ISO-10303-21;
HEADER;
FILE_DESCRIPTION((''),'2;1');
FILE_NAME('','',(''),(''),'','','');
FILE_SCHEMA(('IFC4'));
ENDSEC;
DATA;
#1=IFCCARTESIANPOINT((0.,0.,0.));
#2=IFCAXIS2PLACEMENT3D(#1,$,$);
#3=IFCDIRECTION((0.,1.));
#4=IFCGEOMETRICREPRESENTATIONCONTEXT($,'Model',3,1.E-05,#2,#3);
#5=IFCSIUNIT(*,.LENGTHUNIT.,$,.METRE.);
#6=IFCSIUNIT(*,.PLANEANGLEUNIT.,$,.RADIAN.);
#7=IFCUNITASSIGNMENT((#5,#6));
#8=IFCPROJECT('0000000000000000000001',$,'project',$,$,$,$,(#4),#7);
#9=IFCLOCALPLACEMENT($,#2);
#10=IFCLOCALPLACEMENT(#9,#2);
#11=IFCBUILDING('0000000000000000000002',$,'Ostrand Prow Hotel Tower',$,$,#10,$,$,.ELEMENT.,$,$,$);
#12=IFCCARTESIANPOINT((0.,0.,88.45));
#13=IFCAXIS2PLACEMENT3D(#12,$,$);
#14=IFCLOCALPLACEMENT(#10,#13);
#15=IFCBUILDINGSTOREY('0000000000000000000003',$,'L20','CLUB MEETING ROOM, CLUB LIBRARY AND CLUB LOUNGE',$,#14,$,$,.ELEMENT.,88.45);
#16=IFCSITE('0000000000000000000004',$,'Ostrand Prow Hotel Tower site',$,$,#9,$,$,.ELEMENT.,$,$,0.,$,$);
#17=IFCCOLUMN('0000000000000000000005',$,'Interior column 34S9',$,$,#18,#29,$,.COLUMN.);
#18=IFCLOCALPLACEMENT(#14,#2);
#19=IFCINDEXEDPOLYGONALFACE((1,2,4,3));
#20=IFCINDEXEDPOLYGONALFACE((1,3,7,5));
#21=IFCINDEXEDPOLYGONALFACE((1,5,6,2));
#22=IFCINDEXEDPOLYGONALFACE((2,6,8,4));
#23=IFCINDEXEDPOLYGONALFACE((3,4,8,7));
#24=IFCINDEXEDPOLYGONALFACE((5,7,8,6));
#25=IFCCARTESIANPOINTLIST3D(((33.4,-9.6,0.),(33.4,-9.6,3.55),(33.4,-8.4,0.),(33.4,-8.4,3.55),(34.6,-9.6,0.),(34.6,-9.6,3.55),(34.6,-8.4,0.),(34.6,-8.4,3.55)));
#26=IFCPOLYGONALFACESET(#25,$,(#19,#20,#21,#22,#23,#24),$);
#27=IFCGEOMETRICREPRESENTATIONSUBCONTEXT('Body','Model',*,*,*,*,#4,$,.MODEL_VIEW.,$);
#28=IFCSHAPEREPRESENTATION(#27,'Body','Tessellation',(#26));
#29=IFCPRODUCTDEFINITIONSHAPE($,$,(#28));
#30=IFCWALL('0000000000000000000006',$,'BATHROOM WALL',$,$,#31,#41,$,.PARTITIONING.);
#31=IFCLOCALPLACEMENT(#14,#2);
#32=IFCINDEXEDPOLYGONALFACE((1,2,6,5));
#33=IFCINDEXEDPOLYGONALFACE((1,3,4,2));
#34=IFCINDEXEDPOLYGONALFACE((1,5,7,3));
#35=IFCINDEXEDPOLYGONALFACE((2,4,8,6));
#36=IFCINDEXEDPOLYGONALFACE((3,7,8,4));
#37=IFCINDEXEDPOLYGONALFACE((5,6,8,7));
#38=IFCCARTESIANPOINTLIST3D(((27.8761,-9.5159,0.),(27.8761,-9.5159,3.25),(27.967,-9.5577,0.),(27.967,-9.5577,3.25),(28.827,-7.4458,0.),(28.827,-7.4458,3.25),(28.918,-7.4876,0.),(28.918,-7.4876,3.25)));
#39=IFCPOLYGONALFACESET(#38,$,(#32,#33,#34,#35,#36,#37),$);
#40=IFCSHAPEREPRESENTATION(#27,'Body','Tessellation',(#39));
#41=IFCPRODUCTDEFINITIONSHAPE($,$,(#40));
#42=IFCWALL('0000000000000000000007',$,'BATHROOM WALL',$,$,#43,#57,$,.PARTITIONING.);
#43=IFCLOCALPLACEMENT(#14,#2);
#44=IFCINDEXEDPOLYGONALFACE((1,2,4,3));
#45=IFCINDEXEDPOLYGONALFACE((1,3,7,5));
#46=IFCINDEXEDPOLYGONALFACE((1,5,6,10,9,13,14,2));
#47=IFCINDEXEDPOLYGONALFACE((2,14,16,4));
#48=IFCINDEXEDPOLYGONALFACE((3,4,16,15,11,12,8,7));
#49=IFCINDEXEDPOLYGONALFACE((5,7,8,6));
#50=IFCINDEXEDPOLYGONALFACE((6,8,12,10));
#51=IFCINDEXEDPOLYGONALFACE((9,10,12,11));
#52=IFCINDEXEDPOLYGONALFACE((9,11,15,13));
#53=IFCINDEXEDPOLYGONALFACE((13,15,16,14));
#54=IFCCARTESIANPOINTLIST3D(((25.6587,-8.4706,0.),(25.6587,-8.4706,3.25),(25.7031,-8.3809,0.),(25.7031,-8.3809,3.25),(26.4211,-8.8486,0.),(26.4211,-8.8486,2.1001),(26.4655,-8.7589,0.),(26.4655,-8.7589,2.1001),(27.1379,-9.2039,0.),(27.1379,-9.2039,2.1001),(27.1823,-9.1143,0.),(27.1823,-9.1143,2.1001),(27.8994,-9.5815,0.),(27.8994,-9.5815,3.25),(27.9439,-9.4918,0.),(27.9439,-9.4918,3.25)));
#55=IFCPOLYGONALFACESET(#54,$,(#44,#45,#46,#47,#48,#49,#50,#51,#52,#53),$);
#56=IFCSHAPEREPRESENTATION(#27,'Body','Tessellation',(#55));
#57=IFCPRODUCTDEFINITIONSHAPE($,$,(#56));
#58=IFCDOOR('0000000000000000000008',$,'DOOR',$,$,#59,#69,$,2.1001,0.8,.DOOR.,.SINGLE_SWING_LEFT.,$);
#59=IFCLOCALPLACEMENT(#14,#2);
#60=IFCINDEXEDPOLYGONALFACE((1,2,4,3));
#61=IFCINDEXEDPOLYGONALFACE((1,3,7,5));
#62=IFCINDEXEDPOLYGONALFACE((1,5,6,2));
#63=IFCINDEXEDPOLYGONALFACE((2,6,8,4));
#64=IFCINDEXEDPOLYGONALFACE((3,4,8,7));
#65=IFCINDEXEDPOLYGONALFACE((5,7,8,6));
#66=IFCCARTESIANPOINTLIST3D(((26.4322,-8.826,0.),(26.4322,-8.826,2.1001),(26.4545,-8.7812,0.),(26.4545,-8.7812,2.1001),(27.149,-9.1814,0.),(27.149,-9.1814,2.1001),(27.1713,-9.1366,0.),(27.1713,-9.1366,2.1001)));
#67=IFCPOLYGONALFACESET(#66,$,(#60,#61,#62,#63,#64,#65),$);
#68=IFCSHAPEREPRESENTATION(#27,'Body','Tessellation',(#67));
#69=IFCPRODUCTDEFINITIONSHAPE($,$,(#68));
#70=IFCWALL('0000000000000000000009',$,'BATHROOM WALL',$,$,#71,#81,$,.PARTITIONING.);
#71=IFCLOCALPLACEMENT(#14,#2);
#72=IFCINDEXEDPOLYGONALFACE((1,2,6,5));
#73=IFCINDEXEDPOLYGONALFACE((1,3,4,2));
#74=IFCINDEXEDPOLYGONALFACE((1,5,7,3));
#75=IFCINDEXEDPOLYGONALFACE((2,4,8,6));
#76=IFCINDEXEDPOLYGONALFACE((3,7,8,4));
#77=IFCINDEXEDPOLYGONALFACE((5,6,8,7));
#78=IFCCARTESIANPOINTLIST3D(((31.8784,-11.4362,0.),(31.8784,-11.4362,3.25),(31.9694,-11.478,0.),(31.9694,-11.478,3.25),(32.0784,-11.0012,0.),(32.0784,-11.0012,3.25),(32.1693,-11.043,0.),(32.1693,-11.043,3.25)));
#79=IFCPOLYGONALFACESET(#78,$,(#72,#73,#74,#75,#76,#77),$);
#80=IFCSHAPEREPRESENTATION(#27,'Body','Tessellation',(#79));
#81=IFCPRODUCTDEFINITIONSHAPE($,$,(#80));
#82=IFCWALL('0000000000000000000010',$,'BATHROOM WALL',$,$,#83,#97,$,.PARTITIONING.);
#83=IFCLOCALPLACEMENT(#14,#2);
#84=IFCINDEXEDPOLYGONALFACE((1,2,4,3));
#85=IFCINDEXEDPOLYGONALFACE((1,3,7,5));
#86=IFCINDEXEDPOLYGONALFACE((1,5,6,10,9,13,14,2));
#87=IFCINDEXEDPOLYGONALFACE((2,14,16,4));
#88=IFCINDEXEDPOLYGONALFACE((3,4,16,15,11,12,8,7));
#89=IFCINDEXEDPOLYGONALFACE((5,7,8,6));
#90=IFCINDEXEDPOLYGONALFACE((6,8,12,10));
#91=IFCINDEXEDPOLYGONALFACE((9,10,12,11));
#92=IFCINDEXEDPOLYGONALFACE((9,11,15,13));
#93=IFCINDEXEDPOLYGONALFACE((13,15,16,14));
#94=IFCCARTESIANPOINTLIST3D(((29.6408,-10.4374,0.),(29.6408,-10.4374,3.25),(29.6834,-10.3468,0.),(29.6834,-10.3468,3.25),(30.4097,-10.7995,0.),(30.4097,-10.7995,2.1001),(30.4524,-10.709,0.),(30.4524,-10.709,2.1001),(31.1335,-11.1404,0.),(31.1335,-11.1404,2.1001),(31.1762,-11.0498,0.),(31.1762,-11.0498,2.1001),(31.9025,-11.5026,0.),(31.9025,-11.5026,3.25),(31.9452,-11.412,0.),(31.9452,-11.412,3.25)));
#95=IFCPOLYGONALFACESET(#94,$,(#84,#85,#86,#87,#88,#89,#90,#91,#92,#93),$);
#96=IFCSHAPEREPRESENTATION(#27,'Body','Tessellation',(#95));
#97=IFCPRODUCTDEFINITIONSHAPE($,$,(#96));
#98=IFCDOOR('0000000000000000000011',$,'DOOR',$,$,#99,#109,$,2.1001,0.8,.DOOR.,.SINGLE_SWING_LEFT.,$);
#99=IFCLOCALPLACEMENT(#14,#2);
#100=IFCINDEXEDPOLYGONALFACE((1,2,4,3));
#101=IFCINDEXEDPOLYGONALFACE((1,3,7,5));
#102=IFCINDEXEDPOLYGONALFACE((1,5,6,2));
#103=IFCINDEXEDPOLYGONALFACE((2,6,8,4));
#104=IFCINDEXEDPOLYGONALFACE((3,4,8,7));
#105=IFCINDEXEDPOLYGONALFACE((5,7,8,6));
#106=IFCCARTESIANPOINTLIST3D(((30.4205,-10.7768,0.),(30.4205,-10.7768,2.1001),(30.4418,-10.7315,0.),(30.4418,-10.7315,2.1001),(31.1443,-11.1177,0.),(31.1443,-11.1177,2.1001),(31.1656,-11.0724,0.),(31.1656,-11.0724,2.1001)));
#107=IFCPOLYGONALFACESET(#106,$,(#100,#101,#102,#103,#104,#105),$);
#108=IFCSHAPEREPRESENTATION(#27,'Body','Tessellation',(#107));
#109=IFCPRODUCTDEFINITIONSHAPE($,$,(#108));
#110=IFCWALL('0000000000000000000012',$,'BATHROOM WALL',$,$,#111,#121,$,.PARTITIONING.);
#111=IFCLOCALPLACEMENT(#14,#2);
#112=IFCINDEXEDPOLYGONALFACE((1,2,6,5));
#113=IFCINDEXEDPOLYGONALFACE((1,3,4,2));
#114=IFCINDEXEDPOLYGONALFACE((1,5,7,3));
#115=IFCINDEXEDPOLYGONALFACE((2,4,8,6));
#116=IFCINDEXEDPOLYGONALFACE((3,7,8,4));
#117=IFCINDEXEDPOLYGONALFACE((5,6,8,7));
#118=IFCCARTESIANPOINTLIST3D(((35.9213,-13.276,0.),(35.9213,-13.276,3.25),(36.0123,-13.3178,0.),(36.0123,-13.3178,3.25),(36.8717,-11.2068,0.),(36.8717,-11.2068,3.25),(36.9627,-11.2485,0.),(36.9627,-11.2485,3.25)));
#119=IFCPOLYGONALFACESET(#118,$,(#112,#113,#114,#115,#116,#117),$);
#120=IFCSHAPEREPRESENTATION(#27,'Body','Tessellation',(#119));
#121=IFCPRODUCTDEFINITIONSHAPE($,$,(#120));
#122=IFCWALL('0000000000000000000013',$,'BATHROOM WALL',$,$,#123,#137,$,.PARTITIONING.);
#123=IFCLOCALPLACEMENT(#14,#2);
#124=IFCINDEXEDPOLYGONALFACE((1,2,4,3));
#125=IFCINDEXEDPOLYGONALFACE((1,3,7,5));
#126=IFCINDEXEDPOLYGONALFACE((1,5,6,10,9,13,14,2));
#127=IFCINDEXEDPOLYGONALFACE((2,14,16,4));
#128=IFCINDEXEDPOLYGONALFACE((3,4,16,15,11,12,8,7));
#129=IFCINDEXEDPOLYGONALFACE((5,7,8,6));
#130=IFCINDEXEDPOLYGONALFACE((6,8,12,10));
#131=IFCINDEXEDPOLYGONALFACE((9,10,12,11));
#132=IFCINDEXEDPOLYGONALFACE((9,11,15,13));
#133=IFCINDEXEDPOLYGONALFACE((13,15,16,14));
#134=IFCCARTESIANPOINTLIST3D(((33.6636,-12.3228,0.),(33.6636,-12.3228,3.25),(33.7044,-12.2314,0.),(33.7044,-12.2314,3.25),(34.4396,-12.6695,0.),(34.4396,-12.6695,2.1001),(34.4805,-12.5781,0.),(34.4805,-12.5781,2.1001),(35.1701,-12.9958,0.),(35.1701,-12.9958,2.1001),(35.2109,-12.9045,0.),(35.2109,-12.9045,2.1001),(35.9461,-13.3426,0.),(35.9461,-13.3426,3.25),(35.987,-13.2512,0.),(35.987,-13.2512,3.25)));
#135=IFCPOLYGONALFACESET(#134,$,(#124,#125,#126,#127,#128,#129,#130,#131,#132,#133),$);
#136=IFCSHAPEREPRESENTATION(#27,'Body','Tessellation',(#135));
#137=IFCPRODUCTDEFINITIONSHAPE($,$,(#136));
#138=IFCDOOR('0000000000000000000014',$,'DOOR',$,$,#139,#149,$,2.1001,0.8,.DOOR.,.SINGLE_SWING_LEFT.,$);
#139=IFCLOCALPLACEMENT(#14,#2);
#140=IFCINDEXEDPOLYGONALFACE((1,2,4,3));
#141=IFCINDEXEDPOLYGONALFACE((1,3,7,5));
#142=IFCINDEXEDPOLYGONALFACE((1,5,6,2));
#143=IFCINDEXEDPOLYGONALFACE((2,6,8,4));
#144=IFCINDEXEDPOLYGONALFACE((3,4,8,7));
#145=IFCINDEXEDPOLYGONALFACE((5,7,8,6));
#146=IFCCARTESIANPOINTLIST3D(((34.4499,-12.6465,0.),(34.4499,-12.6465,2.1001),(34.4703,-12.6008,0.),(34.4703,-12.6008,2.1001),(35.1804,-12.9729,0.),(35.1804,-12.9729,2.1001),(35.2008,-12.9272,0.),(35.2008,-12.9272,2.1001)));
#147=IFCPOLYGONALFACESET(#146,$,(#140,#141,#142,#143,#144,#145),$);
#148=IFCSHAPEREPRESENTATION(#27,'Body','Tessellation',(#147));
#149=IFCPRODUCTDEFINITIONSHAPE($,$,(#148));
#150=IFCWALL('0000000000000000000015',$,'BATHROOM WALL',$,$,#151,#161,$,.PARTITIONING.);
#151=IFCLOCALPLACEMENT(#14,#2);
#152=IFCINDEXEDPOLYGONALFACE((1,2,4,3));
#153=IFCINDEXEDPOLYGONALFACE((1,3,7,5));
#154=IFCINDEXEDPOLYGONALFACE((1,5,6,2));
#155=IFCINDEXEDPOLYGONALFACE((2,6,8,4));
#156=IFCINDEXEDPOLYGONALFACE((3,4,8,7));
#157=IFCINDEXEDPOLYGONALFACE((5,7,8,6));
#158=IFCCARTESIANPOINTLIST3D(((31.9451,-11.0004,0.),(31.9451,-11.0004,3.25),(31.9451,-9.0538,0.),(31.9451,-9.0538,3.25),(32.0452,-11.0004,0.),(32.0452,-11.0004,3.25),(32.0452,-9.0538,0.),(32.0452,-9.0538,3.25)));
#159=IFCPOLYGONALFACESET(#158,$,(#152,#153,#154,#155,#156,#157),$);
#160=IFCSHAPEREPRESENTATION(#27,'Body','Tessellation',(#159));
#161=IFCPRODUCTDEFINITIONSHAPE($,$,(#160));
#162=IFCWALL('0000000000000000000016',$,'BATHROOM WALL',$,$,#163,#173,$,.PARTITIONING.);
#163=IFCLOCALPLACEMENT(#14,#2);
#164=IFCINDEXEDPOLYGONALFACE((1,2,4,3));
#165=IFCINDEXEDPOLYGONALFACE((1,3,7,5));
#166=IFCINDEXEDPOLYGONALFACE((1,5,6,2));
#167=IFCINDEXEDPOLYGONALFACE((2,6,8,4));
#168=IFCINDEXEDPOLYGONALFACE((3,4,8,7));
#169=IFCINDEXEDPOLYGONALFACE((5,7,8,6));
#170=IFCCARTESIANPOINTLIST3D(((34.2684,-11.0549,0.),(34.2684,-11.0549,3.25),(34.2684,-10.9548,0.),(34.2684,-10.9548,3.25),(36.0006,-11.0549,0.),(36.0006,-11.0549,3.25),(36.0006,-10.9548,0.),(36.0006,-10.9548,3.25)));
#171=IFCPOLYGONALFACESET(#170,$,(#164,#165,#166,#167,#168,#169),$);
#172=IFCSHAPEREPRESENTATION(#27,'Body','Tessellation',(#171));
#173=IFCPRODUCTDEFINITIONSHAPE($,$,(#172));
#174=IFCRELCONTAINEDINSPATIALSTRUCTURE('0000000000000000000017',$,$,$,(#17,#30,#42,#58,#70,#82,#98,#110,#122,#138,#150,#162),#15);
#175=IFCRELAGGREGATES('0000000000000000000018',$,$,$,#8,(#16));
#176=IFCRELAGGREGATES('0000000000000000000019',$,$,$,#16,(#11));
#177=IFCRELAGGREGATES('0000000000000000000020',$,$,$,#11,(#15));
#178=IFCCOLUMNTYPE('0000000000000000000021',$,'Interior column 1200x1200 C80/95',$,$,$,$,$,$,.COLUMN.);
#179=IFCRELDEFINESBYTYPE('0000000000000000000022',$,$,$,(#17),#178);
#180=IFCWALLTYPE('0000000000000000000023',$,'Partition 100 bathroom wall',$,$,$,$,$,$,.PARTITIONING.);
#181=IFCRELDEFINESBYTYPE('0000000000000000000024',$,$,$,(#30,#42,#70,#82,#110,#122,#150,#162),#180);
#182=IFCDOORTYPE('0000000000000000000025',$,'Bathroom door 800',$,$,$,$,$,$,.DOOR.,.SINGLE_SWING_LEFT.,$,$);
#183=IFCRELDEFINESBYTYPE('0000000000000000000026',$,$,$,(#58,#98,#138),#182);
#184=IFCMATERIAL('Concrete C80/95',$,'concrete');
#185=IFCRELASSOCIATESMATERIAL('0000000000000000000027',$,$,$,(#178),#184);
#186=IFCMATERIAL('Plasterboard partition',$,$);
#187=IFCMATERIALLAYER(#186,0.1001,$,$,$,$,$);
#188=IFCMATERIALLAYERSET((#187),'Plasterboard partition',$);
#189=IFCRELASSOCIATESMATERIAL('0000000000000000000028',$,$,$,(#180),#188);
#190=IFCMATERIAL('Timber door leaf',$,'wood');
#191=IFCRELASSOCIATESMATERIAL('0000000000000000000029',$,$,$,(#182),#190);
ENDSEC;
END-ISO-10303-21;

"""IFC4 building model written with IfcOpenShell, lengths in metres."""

from ifc_helpers import new_model, si_unit, direction, frame, frame_2d, origin, origin_2d, place, context, subcontext, project, spatial, rectangle, extrude, material, layer, layer_set, material_profile, profile_set, type_object, element, fill, save


model = new_model("IFC4")

# Units and contexts
model_context = context("Model", 3, precision=1e-05, world=origin(), true_north=direction((0.0, 1.0)))
body_context = subcontext(model_context, "Body", "Model", "MODEL_VIEW")
ifc_project = project(units=[si_unit("LENGTHUNIT", "METRE"), si_unit("PLANEANGLEUNIT", "RADIAN")], contexts=[model_context])

# Site, building, storey
site_placement = place(None, origin())
site = spatial("IfcSite", under=ifc_project, at=site_placement, Name="Ostrand Prow Hotel Tower site", CompositionType="ELEMENT", RefElevation=0.0)
building_placement = place(site_placement, origin())
building = spatial("IfcBuilding", under=site, at=building_placement, Name="Ostrand Prow Hotel Tower", CompositionType="ELEMENT")
storey_placement = place(building_placement, frame((0.0, 0.0, 88.45)))
storey = spatial("IfcBuildingStorey", under=building, at=storey_placement, Name="L20", Description="CLUB MEETING ROOM, CLUB LIBRARY AND CLUB LOUNGE", CompositionType="ELEMENT", Elevation=88.45)

# Column
ifc_material_1 = material(Name="Concrete C80/95", Category="concrete")
ifc_material_profile = material_profile(ifc_material_1, rectangle(XDim=1.2, YDim=1.2, at=origin_2d()), Name="RC 1200x1200")
ifc_profile_set = profile_set([ifc_material_profile], Name="Concrete C80/95")
column_type = type_object("IfcColumnType", Name="Interior column 1200x1200 C80/95", PredefinedType="COLUMN", material=ifc_profile_set)
column_placement = place(storey_placement, frame((34.0, -9.0, 0.0), z_axis=(0.0, 0.0, 1.0), x_axis=(1.0, 0.0, 0.0)))
element("IfcColumn", 1, at=column_placement, inside=storey, type_object=column_type, Name="Interior column 34S9", PredefinedType="COLUMN", context=body_context, shape_type="SweptSolid", body=[
    extrude(rectangle(XDim=1.2, YDim=1.2, at=origin_2d()), origin(), (0.0, 0.0, 1.0), 3.55),
])

# Wall
ifc_material_2 = material(Name="Plasterboard partition")
ifc_layer_1 = layer(ifc_material_2, 0.1001)
ifc_layer_set_1 = layer_set([ifc_layer_1], Name="Plasterboard partition")
wall_type_1 = type_object("IfcWallType", Name="Partition 100 bathroom wall", PredefinedType="PARTITIONING", material=ifc_layer_set_1)
wall_1_placement = place(storey_placement, frame((28.8726, -7.4666, 0.0), z_axis=(0.0, 0.0, 1.0), x_axis=(-0.417433, -0.908708, 0.0)))
element("IfcWall", 2, at=wall_1_placement, inside=storey, type_object=wall_type_1, Name="BATHROOM WALL", PredefinedType="PARTITIONING", context=body_context, shape_type="SweptSolid", body=[
    extrude(rectangle(XDim=2.2781, YDim=0.1001, at=frame_2d((1.1392, 0.0))), origin(), (0.0, 0.0, 1.0), 3.25),
])

# Wall, opening, door
wall_2_placement = place(storey_placement, frame((27.9216, -9.5366, 0.0), z_axis=(0.0, 0.0, 1.0), x_axis=(-0.895945, 0.444165, 0.0)))
wall_2 = element("IfcWall", 3, at=wall_2_placement, inside=storey, type_object=wall_type_1, Name="BATHROOM WALL", PredefinedType="PARTITIONING", context=body_context, shape_type="SweptSolid", body=[
    extrude(rectangle(XDim=2.501, YDim=0.1001, at=frame_2d((1.2505, 0.0))), origin(), (0.0, 0.0, 1.0), 3.25),
])
opening_1_placement = place(wall_2_placement, frame((0.8501, 0.0, 0.0)))
opening_1 = element("IfcOpeningElement", 4, at=opening_1_placement, cuts=wall_2, PredefinedType="OPENING", context=body_context, shape_type="SweptSolid", body=[
    extrude(rectangle(XDim=0.8, YDim=2.1001, at=frame_2d((0.3999, 1.05))), frame((0.0, 0.0601, 0.0), z_axis=(0.0, -1.0, 0.0), x_axis=(1.0, 0.0, 0.0)), (0.0, 0.0, 1.0), 0.1201),
])
ifc_material_3 = material(Name="Timber door leaf", Category="wood")
door_type_1 = type_object("IfcDoorType", Name="Bathroom door 800", OperationType="SINGLE_SWING_LEFT", PredefinedType="DOOR", material=ifc_material_3)
door_1_placement = place(opening_1_placement, origin())
door_1 = element("IfcDoor", 5, at=door_1_placement, inside=storey, type_object=door_type_1, Name="DOOR", OperationType="SINGLE_SWING_LEFT", OverallHeight=2.1001, OverallWidth=0.8, PredefinedType="DOOR", context=body_context, shape_type="SweptSolid", body=[
    extrude(rectangle(XDim=0.8, YDim=2.1001, at=frame_2d((0.3999, 1.05))), frame((0.0, 0.0249, 0.0), z_axis=(0.0, -1.0, 0.0), x_axis=(1.0, 0.0, 0.0)), (0.0, 0.0, 1.0), 0.05),
])
fill(opening_1, door_1)

# Wall
wall_3_placement = place(storey_placement, frame((32.1238, -11.0222, 0.0), z_axis=(0.0, 0.0, 1.0), x_axis=(-0.417603, -0.90863, 0.0)))
element("IfcWall", 6, at=wall_3_placement, inside=storey, type_object=wall_type_1, Name="BATHROOM WALL", PredefinedType="PARTITIONING", context=body_context, shape_type="SweptSolid", body=[
    extrude(rectangle(XDim=0.4788, YDim=0.1001, at=frame_2d((0.2393, 0.0))), origin(), (0.0, 0.0, 1.0), 3.25),
])

# Wall, opening, door
wall_4_placement = place(storey_placement, frame((31.9238, -11.4573, 0.0), z_axis=(0.0, 0.0, 1.0), x_axis=(-0.904688, 0.426074, 0.0)))
wall_4 = element("IfcWall", 7, at=wall_4_placement, inside=storey, type_object=wall_type_1, Name="BATHROOM WALL", PredefinedType="PARTITIONING", context=body_context, shape_type="SweptSolid", body=[
    extrude(rectangle(XDim=2.5, YDim=0.1001, at=frame_2d((1.25, 0.0))), origin(), (0.0, 0.0, 1.0), 3.25),
])
opening_2_placement = place(wall_4_placement, frame((0.8501, 0.0, 0.0)))
opening_2 = element("IfcOpeningElement", 8, at=opening_2_placement, cuts=wall_4, PredefinedType="OPENING", context=body_context, shape_type="SweptSolid", body=[
    extrude(rectangle(XDim=0.8, YDim=2.1001, at=frame_2d((0.3999, 1.05))), frame((0.0, 0.0601, 0.0), z_axis=(0.0, -1.0, 0.0), x_axis=(1.0, 0.0, 0.0)), (0.0, 0.0, 1.0), 0.1201),
])
door_2_placement = place(opening_2_placement, origin())
door_2 = element("IfcDoor", 9, at=door_2_placement, inside=storey, type_object=door_type_1, Name="DOOR", OperationType="SINGLE_SWING_LEFT", OverallHeight=2.1001, OverallWidth=0.8, PredefinedType="DOOR", context=body_context, shape_type="SweptSolid", body=[
    extrude(rectangle(XDim=0.8, YDim=2.1001, at=frame_2d((0.3999, 1.05))), frame((0.0, 0.0249, 0.0), z_axis=(0.0, -1.0, 0.0), x_axis=(1.0, 0.0, 0.0)), (0.0, 0.0, 1.0), 0.05),
])
fill(opening_2, door_2)

# Wall
wall_5_placement = place(storey_placement, frame((36.9172, -11.2275, 0.0), z_axis=(0.0, 0.0, 1.0), x_axis=(-0.417378, -0.908733, 0.0)))
element("IfcWall", 10, at=wall_5_placement, inside=storey, type_object=wall_type_1, Name="BATHROOM WALL", PredefinedType="PARTITIONING", context=body_context, shape_type="SweptSolid", body=[
    extrude(rectangle(XDim=2.2771, YDim=0.1001, at=frame_2d((1.1387, 0.0))), origin(), (0.0, 0.0, 1.0), 3.25),
])

# Wall, opening, door
wall_6_placement = place(storey_placement, frame((35.9666, -13.2969, 0.0), z_axis=(0.0, 0.0, 1.0), x_axis=(-0.913016, 0.407923, 0.0)))
wall_6 = element("IfcWall", 11, at=wall_6_placement, inside=storey, type_object=wall_type_1, Name="BATHROOM WALL", PredefinedType="PARTITIONING", context=body_context, shape_type="SweptSolid", body=[
    extrude(rectangle(XDim=2.5, YDim=0.1001, at=frame_2d((1.25, 0.0))), origin(), (0.0, 0.0, 1.0), 3.25),
])
opening_3_placement = place(wall_6_placement, frame((0.8501, 0.0, 0.0)))
opening_3 = element("IfcOpeningElement", 12, at=opening_3_placement, cuts=wall_6, PredefinedType="OPENING", context=body_context, shape_type="SweptSolid", body=[
    extrude(rectangle(XDim=0.8, YDim=2.1001, at=frame_2d((0.3999, 1.05))), frame((0.0, 0.0601, 0.0), z_axis=(0.0, -1.0, 0.0), x_axis=(1.0, 0.0, 0.0)), (0.0, 0.0, 1.0), 0.1201),
])
door_3_placement = place(opening_3_placement, origin())
door_3 = element("IfcDoor", 13, at=door_3_placement, inside=storey, type_object=door_type_1, Name="DOOR", OperationType="SINGLE_SWING_LEFT", OverallHeight=2.1001, OverallWidth=0.8, PredefinedType="DOOR", context=body_context, shape_type="SweptSolid", body=[
    extrude(rectangle(XDim=0.8, YDim=2.1001, at=frame_2d((0.3999, 1.05))), frame((0.0, 0.0249, 0.0), z_axis=(0.0, -1.0, 0.0), x_axis=(1.0, 0.0, 0.0)), (0.0, 0.0, 1.0), 0.05),
])
fill(opening_3, door_3)

# Walls
wall_7_placement = place(storey_placement, frame((31.9951, -9.054, 0.0), z_axis=(0.0, 0.0, 1.0), x_axis=(0.0, -1.0, 0.0)))
element("IfcWall", 14, at=wall_7_placement, inside=storey, type_object=wall_type_1, Name="BATHROOM WALL", PredefinedType="PARTITIONING", context=body_context, shape_type="SweptSolid", body=[
    extrude(rectangle(XDim=1.9465, YDim=0.1001, at=frame_2d((0.9731, 0.0))), origin(), (0.0, 0.0, 1.0), 3.25),
])
wall_8_placement = place(storey_placement, frame((34.2683, -11.0049, 0.0), z_axis=(0.0, 0.0, 1.0), x_axis=(1.0, 0.0, 0.0)))
element("IfcWall", 15, at=wall_8_placement, inside=storey, type_object=wall_type_1, Name="BATHROOM WALL", PredefinedType="PARTITIONING", context=body_context, shape_type="SweptSolid", body=[
    extrude(rectangle(XDim=1.7322, YDim=0.1001, at=frame_2d((0.8662, 0.0))), origin(), (0.0, 0.0, 1.0), 3.25),
])

save(model, "model.ifc")
